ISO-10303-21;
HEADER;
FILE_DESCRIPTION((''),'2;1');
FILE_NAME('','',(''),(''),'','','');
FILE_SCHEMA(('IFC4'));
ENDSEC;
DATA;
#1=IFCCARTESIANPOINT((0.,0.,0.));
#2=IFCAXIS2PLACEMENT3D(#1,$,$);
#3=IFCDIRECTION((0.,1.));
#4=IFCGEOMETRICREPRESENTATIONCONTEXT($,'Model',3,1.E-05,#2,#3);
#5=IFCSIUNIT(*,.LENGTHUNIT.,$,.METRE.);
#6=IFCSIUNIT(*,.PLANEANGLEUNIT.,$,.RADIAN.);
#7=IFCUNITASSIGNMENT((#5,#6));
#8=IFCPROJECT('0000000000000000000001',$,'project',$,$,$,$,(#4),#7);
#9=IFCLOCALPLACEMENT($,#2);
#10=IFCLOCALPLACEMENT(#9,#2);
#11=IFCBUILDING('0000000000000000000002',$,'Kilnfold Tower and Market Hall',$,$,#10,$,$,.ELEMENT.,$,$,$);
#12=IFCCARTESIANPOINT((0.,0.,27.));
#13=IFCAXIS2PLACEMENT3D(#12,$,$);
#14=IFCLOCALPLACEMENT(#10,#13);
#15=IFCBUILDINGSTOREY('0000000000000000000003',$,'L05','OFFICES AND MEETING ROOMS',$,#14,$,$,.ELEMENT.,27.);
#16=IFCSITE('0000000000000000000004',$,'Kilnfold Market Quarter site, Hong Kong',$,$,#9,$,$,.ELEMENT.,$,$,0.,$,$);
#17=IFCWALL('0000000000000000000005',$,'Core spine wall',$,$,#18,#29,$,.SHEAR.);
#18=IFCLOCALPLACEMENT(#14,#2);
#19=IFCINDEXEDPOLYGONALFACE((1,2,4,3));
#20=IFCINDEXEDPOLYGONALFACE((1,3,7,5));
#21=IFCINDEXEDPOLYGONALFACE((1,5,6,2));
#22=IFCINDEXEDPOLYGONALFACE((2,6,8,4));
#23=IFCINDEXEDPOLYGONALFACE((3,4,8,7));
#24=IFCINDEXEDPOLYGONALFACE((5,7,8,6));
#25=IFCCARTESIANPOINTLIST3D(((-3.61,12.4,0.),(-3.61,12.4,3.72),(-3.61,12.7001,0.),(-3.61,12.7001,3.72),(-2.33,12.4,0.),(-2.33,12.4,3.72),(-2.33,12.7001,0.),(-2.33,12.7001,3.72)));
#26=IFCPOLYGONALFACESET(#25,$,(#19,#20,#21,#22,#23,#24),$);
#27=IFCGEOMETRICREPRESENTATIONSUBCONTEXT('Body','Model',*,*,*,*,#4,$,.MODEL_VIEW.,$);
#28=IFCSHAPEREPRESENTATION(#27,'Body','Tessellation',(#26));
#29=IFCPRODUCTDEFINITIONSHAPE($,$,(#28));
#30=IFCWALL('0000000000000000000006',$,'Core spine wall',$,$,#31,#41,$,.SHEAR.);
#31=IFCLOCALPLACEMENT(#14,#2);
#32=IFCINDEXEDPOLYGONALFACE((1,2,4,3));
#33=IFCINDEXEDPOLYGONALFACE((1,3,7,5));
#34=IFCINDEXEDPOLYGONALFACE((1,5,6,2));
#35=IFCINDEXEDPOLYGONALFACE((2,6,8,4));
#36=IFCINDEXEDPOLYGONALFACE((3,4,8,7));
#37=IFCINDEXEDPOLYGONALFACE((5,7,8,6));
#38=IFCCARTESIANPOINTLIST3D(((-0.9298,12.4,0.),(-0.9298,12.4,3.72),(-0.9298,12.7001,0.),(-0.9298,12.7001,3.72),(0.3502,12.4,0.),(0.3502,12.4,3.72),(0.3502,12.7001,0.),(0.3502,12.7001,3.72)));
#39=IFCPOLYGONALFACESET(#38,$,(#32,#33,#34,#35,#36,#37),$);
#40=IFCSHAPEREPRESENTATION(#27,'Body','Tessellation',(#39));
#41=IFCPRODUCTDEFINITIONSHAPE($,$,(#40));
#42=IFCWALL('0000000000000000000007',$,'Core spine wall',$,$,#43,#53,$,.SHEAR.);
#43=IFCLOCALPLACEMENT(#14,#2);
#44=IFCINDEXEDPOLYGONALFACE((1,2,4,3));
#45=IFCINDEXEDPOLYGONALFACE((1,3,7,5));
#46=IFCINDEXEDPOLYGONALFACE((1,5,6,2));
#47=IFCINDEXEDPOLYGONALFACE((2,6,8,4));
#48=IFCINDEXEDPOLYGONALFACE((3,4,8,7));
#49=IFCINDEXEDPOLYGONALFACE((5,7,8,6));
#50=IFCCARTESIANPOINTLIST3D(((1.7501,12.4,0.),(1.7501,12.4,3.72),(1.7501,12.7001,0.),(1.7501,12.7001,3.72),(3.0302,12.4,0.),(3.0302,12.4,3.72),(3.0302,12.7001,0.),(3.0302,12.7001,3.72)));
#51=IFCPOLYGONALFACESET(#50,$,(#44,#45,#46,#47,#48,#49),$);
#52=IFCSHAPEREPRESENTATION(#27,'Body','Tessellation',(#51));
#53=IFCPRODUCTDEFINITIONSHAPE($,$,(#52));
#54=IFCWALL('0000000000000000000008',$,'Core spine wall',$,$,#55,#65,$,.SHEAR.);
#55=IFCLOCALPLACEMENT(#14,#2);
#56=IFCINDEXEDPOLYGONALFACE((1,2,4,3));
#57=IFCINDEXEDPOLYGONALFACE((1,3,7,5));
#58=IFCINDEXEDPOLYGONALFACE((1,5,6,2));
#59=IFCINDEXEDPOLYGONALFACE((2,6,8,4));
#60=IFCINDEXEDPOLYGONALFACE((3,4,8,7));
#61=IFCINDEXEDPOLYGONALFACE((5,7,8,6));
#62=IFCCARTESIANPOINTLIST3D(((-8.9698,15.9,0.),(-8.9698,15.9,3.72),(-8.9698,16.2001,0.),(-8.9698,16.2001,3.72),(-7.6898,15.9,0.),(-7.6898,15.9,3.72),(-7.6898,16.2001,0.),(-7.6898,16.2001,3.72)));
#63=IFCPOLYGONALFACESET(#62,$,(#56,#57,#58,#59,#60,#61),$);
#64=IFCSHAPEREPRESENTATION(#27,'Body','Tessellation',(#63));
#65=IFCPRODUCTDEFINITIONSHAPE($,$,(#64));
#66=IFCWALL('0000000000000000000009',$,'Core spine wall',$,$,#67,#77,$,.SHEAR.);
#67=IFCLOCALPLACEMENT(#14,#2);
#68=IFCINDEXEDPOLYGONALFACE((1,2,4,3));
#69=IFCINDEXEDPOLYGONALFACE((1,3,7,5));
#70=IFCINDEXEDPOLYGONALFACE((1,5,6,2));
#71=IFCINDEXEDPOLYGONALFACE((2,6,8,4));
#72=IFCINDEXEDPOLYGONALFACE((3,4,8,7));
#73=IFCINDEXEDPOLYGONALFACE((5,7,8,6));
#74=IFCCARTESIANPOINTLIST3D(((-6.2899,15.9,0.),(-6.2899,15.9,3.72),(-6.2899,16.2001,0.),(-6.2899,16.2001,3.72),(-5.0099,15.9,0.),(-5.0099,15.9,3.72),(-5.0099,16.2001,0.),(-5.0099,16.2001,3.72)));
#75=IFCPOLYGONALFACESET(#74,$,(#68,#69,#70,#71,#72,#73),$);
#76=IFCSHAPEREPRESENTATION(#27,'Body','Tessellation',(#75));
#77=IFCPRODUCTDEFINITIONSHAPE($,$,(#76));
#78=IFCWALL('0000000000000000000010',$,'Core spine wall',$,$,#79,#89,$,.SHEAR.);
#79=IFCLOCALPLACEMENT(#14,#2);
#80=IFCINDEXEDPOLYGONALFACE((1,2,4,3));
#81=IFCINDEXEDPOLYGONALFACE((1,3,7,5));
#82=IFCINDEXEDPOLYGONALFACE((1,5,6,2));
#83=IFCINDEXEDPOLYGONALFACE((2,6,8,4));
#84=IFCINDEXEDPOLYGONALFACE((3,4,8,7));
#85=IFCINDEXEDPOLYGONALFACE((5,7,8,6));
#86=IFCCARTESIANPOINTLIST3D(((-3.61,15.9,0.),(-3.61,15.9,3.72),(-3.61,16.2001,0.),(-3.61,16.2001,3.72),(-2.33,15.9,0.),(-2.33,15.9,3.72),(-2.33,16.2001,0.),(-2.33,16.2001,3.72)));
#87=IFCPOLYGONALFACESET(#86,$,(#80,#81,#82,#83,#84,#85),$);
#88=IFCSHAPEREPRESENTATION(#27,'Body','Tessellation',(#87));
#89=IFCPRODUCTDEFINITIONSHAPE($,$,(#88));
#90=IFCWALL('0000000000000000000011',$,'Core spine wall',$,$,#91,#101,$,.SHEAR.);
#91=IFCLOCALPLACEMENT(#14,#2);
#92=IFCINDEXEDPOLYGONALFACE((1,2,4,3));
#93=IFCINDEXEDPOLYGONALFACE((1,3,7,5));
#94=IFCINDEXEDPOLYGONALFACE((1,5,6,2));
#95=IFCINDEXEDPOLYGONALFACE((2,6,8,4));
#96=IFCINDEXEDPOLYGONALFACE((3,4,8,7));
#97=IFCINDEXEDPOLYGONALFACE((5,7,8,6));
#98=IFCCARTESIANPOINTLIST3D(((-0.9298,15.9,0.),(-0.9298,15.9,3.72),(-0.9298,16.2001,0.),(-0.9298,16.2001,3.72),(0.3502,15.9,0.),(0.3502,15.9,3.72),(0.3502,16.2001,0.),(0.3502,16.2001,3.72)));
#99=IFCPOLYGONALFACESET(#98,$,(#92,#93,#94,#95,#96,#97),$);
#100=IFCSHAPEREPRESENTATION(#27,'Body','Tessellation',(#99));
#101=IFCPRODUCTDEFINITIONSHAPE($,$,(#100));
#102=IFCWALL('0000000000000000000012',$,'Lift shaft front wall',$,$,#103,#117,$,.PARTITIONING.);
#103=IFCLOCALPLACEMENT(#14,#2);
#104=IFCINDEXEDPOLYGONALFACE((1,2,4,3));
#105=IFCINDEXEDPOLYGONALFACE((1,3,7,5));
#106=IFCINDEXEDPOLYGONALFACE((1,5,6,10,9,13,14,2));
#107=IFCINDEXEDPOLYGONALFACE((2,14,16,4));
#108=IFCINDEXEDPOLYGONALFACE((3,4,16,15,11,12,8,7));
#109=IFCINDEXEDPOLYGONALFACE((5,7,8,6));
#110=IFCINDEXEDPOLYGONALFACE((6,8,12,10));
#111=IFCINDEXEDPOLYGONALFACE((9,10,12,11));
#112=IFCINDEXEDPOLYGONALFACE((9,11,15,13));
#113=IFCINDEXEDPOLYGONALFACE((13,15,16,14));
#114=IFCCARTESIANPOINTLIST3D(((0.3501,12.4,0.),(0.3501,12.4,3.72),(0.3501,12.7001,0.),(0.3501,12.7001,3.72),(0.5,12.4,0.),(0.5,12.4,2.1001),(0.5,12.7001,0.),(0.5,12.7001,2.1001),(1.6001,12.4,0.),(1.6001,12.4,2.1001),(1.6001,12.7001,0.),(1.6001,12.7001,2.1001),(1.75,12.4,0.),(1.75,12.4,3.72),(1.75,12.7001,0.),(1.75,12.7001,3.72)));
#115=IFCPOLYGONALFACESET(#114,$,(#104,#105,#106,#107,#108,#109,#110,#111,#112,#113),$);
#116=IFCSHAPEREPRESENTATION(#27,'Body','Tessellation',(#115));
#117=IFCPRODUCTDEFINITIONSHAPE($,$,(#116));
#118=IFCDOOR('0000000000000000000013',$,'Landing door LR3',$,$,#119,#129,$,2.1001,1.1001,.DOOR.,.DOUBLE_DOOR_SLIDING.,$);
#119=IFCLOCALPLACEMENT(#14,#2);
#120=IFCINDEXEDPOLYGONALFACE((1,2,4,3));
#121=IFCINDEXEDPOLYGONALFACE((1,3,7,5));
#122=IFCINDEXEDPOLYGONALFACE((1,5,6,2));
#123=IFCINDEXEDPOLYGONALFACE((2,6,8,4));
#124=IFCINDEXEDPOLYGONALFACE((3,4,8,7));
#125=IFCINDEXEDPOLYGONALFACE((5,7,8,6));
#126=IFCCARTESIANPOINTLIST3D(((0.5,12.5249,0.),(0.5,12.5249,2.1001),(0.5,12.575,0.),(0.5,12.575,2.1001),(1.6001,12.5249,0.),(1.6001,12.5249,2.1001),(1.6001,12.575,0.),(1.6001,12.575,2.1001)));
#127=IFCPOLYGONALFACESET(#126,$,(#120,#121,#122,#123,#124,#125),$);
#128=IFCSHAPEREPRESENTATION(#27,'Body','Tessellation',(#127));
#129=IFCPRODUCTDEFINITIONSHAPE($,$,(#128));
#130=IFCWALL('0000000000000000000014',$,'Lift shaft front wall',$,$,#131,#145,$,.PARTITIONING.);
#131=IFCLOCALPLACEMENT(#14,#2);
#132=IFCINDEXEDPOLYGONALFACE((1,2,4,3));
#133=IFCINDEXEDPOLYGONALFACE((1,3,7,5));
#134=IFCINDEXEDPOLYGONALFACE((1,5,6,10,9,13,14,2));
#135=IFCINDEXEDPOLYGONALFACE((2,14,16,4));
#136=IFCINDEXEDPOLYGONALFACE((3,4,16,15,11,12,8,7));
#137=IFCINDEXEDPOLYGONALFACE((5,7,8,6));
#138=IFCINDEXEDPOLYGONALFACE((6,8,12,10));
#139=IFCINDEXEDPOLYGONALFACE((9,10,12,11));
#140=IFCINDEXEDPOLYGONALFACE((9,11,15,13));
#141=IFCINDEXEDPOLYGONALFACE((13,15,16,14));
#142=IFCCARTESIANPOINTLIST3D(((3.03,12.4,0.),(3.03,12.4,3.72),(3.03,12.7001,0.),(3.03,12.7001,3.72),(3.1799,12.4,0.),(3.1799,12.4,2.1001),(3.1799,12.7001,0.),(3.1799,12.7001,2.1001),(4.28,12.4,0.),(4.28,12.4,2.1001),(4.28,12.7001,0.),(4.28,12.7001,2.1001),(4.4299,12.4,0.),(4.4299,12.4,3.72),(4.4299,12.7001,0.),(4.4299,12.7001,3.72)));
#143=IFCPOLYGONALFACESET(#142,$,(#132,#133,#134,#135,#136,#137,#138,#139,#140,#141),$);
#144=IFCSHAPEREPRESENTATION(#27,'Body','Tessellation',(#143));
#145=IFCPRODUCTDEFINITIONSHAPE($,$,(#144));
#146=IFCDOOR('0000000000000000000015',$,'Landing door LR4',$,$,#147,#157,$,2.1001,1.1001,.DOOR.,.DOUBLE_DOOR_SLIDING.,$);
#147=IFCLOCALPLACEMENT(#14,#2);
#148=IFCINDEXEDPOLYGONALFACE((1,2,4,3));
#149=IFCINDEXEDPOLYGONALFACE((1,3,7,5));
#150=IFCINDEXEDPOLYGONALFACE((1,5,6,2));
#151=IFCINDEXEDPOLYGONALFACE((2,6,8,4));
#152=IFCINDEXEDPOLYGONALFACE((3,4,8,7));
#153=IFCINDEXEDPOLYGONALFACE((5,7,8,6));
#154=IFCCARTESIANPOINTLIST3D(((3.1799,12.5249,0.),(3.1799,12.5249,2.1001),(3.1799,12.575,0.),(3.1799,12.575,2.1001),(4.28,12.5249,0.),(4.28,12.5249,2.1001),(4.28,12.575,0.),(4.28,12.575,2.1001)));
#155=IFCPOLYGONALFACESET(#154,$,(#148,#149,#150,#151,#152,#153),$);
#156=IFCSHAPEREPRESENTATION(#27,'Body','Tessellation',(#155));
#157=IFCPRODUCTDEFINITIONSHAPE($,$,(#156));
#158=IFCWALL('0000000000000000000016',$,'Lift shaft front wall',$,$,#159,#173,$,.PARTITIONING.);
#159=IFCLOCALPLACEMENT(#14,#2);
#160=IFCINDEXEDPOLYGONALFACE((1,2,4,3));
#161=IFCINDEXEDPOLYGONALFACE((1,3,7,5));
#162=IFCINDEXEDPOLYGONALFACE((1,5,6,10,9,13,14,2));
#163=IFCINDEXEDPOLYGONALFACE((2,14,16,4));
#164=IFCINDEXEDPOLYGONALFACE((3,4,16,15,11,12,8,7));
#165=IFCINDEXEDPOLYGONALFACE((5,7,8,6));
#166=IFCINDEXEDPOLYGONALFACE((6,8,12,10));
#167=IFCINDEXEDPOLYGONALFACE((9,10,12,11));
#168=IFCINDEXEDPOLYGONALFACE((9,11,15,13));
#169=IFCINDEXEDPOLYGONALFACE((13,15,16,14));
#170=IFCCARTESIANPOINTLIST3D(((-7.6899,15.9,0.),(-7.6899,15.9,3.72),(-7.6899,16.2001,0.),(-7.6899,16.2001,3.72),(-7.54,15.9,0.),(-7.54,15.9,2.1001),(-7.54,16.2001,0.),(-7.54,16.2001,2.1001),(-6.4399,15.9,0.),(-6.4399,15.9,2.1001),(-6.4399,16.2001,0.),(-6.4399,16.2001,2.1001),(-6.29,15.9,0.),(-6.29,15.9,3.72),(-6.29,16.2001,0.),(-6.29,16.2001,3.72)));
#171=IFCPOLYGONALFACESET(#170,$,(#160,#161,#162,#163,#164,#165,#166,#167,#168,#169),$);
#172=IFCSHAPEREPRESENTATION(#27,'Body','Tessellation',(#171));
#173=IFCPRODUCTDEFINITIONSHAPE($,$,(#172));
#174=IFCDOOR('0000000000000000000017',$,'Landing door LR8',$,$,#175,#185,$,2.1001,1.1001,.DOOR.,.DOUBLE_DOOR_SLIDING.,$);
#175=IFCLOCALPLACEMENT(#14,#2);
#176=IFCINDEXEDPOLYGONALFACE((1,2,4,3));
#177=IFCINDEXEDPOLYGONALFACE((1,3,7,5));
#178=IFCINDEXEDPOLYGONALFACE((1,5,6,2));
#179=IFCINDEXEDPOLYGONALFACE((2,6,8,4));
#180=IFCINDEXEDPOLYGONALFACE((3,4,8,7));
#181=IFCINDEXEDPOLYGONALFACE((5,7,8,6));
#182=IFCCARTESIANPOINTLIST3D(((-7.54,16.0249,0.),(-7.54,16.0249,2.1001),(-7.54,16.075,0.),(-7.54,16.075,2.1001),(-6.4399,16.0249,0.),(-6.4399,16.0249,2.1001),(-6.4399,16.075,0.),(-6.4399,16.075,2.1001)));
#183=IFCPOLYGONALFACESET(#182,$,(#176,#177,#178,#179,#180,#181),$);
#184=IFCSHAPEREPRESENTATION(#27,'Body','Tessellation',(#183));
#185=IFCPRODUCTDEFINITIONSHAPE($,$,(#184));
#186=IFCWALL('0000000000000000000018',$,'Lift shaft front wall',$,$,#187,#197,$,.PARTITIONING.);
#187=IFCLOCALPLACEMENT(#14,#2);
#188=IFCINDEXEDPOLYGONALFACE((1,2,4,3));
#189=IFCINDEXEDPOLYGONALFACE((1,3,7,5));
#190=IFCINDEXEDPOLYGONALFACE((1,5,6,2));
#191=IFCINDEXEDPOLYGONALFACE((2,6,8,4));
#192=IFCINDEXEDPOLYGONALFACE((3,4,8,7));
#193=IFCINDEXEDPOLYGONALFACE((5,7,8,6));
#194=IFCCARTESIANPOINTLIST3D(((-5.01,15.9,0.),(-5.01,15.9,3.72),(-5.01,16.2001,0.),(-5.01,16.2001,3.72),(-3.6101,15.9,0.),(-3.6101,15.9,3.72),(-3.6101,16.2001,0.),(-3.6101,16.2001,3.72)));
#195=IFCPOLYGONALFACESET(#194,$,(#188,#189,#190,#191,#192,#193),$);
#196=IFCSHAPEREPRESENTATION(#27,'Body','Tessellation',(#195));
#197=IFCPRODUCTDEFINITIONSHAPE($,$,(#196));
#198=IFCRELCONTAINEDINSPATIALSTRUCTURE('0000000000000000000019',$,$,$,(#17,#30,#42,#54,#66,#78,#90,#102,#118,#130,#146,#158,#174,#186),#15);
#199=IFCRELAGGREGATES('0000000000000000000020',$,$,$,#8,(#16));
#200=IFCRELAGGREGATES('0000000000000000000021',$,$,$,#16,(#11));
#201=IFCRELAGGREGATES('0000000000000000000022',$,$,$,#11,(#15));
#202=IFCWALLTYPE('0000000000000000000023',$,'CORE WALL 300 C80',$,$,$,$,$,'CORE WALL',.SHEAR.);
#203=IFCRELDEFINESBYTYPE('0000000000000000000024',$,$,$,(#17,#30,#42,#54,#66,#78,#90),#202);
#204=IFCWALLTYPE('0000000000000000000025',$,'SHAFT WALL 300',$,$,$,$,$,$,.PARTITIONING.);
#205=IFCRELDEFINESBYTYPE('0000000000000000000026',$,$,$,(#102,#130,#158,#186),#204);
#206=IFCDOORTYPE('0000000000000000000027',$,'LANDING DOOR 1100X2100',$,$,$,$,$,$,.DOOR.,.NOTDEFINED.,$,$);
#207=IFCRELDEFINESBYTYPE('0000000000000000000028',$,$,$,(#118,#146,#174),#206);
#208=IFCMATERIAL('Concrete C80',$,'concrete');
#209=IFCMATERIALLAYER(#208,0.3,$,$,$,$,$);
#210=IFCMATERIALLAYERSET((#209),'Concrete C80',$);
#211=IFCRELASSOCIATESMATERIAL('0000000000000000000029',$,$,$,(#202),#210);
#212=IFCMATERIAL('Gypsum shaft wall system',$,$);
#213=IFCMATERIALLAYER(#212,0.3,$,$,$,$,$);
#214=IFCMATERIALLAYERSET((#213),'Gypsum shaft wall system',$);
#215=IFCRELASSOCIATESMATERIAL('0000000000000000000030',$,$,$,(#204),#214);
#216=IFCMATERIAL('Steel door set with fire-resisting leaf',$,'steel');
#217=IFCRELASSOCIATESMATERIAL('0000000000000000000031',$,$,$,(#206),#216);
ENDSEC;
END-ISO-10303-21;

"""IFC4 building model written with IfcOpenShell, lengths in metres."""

from ifc_helpers import new_model, si_unit, direction, frame, frame_2d, origin, place, context, subcontext, project, spatial, rectangle, extrude, source, transform, mapped, material, layer, layer_set, type_object, element, fill, save


model = new_model("IFC4")

# Units and contexts
model_context = context("Model", 3, precision=1e-05, world=origin(), true_north=direction((0.0, 1.0)))
body_context = subcontext(model_context, "Body", "Model", "MODEL_VIEW")
ifc_project = project(units=[si_unit("LENGTHUNIT", "METRE"), si_unit("PLANEANGLEUNIT", "RADIAN")], contexts=[model_context])

# Site, building, storey
site_placement = place(None, origin())
site = spatial("IfcSite", under=ifc_project, at=site_placement, Name="Kilnfold Market Quarter site, Hong Kong", CompositionType="ELEMENT", RefElevation=0.0)
building_placement = place(site_placement, origin())
building = spatial("IfcBuilding", under=site, at=building_placement, Name="Kilnfold Tower and Market Hall", CompositionType="ELEMENT")
storey_placement = place(building_placement, frame((0.0, 0.0, 27.0)))
storey = spatial("IfcBuildingStorey", under=building, at=storey_placement, Name="L05", Description="OFFICES AND MEETING ROOMS", CompositionType="ELEMENT", Elevation=27.0)

# Walls
ifc_material_1 = material(Name="Concrete C80", Category="concrete")
ifc_layer_1 = layer(ifc_material_1, 0.3)
ifc_layer_set_1 = layer_set([ifc_layer_1], Name="Concrete C80")
wall_type_1 = type_object("IfcWallType", Name="CORE WALL 300 C80", ElementType="CORE WALL", PredefinedType="SHEAR", material=ifc_layer_set_1)
shared_shape_1 = source(origin(), body_context, "Body", "SweptSolid", [
    extrude(rectangle(XDim=1.28, YDim=0.3, at=frame_2d((0.6401, 0.0))), origin(), (0.0, 0.0, 1.0), 3.72),
])
for number, where, z_axis, x_axis, name in (
    (1, (-3.6101, 12.55, 0.0), (0.0, 0.0, 1.0), (1.0, 0.0, 0.0), "Core spine wall"),
    (2, (-0.9299, 12.55, 0.0), (0.0, 0.0, 1.0), (1.0, 0.0, 0.0), "Core spine wall"),
    (3, (1.75, 12.55, 0.0), (0.0, 0.0, 1.0), (1.0, 0.0, 0.0), "Core spine wall"),
    (4, (-8.97, 16.05, 0.0), (0.0, 0.0, 1.0), (1.0, 0.0, 0.0), "Core spine wall"),
    (5, (-6.29, 16.05, 0.0), (0.0, 0.0, 1.0), (1.0, 0.0, 0.0), "Core spine wall"),
    (6, (-3.6101, 16.05, 0.0), (0.0, 0.0, 1.0), (1.0, 0.0, 0.0), "Core spine wall"),
    (7, (-0.9299, 16.05, 0.0), (0.0, 0.0, 1.0), (1.0, 0.0, 0.0), "Core spine wall"),
):
    element("IfcWall", number, at=place(storey_placement, frame(where, z_axis=z_axis, x_axis=x_axis)), inside=storey, type_object=wall_type_1, Name=name, PredefinedType="SHEAR", context=body_context, shape_type="MappedRepresentation", body=[
        mapped(shared_shape_1, transform((0.0, 0.0, 0.0))),
    ])

# Walls, openings, doors
ifc_material_2 = material(Name="Gypsum shaft wall system")
ifc_layer_2 = layer(ifc_material_2, 0.3)
ifc_layer_set_2 = layer_set([ifc_layer_2], Name="Gypsum shaft wall system")
wall_type_2 = type_object("IfcWallType", Name="SHAFT WALL 300", PredefinedType="PARTITIONING", material=ifc_layer_set_2)
shared_shape_2 = source(origin(), body_context, "Body", "SweptSolid", [
    extrude(rectangle(XDim=1.3999, YDim=0.3, at=frame_2d((0.7, 0.0))), origin(), (0.0, 0.0, 1.0), 3.72),
])
wall_1_placement = place(storey_placement, frame((0.3501, 12.55, 0.0), z_axis=(0.0, 0.0, 1.0), x_axis=(1.0, 0.0, 0.0)))
wall_1 = element("IfcWall", 8, at=wall_1_placement, inside=storey, type_object=wall_type_2, Name="Lift shaft front wall", PredefinedType="PARTITIONING", context=body_context, shape_type="MappedRepresentation", body=[
    mapped(shared_shape_2, transform((0.0, 0.0, 0.0))),
])
opening_1_placement = place(wall_1_placement, frame((0.1499, 0.0, 0.0)))
opening_1 = element("IfcOpeningElement", 9, at=opening_1_placement, cuts=wall_1, PredefinedType="OPENING", context=body_context, shape_type="SweptSolid", body=[
    extrude(rectangle(XDim=1.1001, YDim=2.1001, at=frame_2d((0.55, 1.05))), frame((0.0, 0.1602, 0.0), z_axis=(0.0, -1.0, 0.0), x_axis=(1.0, 0.0, 0.0)), (0.0, 0.0, 1.0), 0.3201),
])
ifc_material_3 = material(Name="Steel door set with fire-resisting leaf", Category="steel")
door_type = type_object("IfcDoorType", Name="LANDING DOOR 1100X2100", OperationType="NOTDEFINED", PredefinedType="DOOR", material=ifc_material_3)
door_1_placement = place(opening_1_placement, origin())
door_1 = element("IfcDoor", 10, at=door_1_placement, inside=storey, type_object=door_type, Name="Landing door LR3", OperationType="DOUBLE_DOOR_SLIDING", OverallHeight=2.1001, OverallWidth=1.1001, PredefinedType="DOOR", context=body_context, shape_type="SweptSolid", body=[
    extrude(rectangle(XDim=1.1001, YDim=2.1001, at=frame_2d((0.55, 1.05))), frame((0.0, 0.0249, 0.0), z_axis=(0.0, -1.0, 0.0), x_axis=(1.0, 0.0, 0.0)), (0.0, 0.0, 1.0), 0.05),
])
fill(opening_1, door_1)
wall_2_placement = place(storey_placement, frame((3.03, 12.55, 0.0), z_axis=(0.0, 0.0, 1.0), x_axis=(1.0, 0.0, 0.0)))
wall_2 = element("IfcWall", 11, at=wall_2_placement, inside=storey, type_object=wall_type_2, Name="Lift shaft front wall", PredefinedType="PARTITIONING", context=body_context, shape_type="MappedRepresentation", body=[
    mapped(shared_shape_2, transform((0.0, 0.0, 0.0))),
])
opening_2_placement = place(wall_2_placement, frame((0.1499, 0.0, 0.0)))
opening_2 = element("IfcOpeningElement", 12, at=opening_2_placement, cuts=wall_2, PredefinedType="OPENING", context=body_context, shape_type="SweptSolid", body=[
    extrude(rectangle(XDim=1.1001, YDim=2.1001, at=frame_2d((0.55, 1.05))), frame((0.0, 0.1602, 0.0), z_axis=(0.0, -1.0, 0.0), x_axis=(1.0, 0.0, 0.0)), (0.0, 0.0, 1.0), 0.3201),
])
door_2_placement = place(opening_2_placement, origin())
door_2 = element("IfcDoor", 13, at=door_2_placement, inside=storey, type_object=door_type, Name="Landing door LR4", OperationType="DOUBLE_DOOR_SLIDING", OverallHeight=2.1001, OverallWidth=1.1001, PredefinedType="DOOR", context=body_context, shape_type="SweptSolid", body=[
    extrude(rectangle(XDim=1.1001, YDim=2.1001, at=frame_2d((0.55, 1.05))), frame((0.0, 0.0249, 0.0), z_axis=(0.0, -1.0, 0.0), x_axis=(1.0, 0.0, 0.0)), (0.0, 0.0, 1.0), 0.05),
])
fill(opening_2, door_2)
wall_3_placement = place(storey_placement, frame((-7.6899, 16.05, 0.0), z_axis=(0.0, 0.0, 1.0), x_axis=(1.0, 0.0, 0.0)))
wall_3 = element("IfcWall", 14, at=wall_3_placement, inside=storey, type_object=wall_type_2, Name="Lift shaft front wall", PredefinedType="PARTITIONING", context=body_context, shape_type="MappedRepresentation", body=[
    mapped(shared_shape_2, transform((0.0, 0.0, 0.0))),
])
opening_3_placement = place(wall_3_placement, frame((0.1499, 0.0, 0.0)))
opening_3 = element("IfcOpeningElement", 15, at=opening_3_placement, cuts=wall_3, PredefinedType="OPENING", context=body_context, shape_type="SweptSolid", body=[
    extrude(rectangle(XDim=1.1001, YDim=2.1001, at=frame_2d((0.55, 1.05))), frame((0.0, 0.1602, 0.0), z_axis=(0.0, -1.0, 0.0), x_axis=(1.0, 0.0, 0.0)), (0.0, 0.0, 1.0), 0.3201),
])
door_3_placement = place(opening_3_placement, origin())
door_3 = element("IfcDoor", 16, at=door_3_placement, inside=storey, type_object=door_type, Name="Landing door LR8", OperationType="DOUBLE_DOOR_SLIDING", OverallHeight=2.1001, OverallWidth=1.1001, PredefinedType="DOOR", context=body_context, shape_type="SweptSolid", body=[
    extrude(rectangle(XDim=1.1001, YDim=2.1001, at=frame_2d((0.55, 1.05))), frame((0.0, 0.0249, 0.0), z_axis=(0.0, -1.0, 0.0), x_axis=(1.0, 0.0, 0.0)), (0.0, 0.0, 1.0), 0.05),
])
fill(opening_3, door_3)

# Wall
for number, where, z_axis, x_axis, name in (
    (17, (-5.01, 16.05, 0.0), (0.0, 0.0, 1.0), (1.0, 0.0, 0.0), "Lift shaft front wall"),
):
    element("IfcWall", number, at=place(storey_placement, frame(where, z_axis=z_axis, x_axis=x_axis)), inside=storey, type_object=wall_type_2, Name=name, PredefinedType="PARTITIONING", context=body_context, shape_type="MappedRepresentation", body=[
        mapped(shared_shape_2, transform((0.0, 0.0, 0.0))),
    ])

save(model, "model.ifc")
